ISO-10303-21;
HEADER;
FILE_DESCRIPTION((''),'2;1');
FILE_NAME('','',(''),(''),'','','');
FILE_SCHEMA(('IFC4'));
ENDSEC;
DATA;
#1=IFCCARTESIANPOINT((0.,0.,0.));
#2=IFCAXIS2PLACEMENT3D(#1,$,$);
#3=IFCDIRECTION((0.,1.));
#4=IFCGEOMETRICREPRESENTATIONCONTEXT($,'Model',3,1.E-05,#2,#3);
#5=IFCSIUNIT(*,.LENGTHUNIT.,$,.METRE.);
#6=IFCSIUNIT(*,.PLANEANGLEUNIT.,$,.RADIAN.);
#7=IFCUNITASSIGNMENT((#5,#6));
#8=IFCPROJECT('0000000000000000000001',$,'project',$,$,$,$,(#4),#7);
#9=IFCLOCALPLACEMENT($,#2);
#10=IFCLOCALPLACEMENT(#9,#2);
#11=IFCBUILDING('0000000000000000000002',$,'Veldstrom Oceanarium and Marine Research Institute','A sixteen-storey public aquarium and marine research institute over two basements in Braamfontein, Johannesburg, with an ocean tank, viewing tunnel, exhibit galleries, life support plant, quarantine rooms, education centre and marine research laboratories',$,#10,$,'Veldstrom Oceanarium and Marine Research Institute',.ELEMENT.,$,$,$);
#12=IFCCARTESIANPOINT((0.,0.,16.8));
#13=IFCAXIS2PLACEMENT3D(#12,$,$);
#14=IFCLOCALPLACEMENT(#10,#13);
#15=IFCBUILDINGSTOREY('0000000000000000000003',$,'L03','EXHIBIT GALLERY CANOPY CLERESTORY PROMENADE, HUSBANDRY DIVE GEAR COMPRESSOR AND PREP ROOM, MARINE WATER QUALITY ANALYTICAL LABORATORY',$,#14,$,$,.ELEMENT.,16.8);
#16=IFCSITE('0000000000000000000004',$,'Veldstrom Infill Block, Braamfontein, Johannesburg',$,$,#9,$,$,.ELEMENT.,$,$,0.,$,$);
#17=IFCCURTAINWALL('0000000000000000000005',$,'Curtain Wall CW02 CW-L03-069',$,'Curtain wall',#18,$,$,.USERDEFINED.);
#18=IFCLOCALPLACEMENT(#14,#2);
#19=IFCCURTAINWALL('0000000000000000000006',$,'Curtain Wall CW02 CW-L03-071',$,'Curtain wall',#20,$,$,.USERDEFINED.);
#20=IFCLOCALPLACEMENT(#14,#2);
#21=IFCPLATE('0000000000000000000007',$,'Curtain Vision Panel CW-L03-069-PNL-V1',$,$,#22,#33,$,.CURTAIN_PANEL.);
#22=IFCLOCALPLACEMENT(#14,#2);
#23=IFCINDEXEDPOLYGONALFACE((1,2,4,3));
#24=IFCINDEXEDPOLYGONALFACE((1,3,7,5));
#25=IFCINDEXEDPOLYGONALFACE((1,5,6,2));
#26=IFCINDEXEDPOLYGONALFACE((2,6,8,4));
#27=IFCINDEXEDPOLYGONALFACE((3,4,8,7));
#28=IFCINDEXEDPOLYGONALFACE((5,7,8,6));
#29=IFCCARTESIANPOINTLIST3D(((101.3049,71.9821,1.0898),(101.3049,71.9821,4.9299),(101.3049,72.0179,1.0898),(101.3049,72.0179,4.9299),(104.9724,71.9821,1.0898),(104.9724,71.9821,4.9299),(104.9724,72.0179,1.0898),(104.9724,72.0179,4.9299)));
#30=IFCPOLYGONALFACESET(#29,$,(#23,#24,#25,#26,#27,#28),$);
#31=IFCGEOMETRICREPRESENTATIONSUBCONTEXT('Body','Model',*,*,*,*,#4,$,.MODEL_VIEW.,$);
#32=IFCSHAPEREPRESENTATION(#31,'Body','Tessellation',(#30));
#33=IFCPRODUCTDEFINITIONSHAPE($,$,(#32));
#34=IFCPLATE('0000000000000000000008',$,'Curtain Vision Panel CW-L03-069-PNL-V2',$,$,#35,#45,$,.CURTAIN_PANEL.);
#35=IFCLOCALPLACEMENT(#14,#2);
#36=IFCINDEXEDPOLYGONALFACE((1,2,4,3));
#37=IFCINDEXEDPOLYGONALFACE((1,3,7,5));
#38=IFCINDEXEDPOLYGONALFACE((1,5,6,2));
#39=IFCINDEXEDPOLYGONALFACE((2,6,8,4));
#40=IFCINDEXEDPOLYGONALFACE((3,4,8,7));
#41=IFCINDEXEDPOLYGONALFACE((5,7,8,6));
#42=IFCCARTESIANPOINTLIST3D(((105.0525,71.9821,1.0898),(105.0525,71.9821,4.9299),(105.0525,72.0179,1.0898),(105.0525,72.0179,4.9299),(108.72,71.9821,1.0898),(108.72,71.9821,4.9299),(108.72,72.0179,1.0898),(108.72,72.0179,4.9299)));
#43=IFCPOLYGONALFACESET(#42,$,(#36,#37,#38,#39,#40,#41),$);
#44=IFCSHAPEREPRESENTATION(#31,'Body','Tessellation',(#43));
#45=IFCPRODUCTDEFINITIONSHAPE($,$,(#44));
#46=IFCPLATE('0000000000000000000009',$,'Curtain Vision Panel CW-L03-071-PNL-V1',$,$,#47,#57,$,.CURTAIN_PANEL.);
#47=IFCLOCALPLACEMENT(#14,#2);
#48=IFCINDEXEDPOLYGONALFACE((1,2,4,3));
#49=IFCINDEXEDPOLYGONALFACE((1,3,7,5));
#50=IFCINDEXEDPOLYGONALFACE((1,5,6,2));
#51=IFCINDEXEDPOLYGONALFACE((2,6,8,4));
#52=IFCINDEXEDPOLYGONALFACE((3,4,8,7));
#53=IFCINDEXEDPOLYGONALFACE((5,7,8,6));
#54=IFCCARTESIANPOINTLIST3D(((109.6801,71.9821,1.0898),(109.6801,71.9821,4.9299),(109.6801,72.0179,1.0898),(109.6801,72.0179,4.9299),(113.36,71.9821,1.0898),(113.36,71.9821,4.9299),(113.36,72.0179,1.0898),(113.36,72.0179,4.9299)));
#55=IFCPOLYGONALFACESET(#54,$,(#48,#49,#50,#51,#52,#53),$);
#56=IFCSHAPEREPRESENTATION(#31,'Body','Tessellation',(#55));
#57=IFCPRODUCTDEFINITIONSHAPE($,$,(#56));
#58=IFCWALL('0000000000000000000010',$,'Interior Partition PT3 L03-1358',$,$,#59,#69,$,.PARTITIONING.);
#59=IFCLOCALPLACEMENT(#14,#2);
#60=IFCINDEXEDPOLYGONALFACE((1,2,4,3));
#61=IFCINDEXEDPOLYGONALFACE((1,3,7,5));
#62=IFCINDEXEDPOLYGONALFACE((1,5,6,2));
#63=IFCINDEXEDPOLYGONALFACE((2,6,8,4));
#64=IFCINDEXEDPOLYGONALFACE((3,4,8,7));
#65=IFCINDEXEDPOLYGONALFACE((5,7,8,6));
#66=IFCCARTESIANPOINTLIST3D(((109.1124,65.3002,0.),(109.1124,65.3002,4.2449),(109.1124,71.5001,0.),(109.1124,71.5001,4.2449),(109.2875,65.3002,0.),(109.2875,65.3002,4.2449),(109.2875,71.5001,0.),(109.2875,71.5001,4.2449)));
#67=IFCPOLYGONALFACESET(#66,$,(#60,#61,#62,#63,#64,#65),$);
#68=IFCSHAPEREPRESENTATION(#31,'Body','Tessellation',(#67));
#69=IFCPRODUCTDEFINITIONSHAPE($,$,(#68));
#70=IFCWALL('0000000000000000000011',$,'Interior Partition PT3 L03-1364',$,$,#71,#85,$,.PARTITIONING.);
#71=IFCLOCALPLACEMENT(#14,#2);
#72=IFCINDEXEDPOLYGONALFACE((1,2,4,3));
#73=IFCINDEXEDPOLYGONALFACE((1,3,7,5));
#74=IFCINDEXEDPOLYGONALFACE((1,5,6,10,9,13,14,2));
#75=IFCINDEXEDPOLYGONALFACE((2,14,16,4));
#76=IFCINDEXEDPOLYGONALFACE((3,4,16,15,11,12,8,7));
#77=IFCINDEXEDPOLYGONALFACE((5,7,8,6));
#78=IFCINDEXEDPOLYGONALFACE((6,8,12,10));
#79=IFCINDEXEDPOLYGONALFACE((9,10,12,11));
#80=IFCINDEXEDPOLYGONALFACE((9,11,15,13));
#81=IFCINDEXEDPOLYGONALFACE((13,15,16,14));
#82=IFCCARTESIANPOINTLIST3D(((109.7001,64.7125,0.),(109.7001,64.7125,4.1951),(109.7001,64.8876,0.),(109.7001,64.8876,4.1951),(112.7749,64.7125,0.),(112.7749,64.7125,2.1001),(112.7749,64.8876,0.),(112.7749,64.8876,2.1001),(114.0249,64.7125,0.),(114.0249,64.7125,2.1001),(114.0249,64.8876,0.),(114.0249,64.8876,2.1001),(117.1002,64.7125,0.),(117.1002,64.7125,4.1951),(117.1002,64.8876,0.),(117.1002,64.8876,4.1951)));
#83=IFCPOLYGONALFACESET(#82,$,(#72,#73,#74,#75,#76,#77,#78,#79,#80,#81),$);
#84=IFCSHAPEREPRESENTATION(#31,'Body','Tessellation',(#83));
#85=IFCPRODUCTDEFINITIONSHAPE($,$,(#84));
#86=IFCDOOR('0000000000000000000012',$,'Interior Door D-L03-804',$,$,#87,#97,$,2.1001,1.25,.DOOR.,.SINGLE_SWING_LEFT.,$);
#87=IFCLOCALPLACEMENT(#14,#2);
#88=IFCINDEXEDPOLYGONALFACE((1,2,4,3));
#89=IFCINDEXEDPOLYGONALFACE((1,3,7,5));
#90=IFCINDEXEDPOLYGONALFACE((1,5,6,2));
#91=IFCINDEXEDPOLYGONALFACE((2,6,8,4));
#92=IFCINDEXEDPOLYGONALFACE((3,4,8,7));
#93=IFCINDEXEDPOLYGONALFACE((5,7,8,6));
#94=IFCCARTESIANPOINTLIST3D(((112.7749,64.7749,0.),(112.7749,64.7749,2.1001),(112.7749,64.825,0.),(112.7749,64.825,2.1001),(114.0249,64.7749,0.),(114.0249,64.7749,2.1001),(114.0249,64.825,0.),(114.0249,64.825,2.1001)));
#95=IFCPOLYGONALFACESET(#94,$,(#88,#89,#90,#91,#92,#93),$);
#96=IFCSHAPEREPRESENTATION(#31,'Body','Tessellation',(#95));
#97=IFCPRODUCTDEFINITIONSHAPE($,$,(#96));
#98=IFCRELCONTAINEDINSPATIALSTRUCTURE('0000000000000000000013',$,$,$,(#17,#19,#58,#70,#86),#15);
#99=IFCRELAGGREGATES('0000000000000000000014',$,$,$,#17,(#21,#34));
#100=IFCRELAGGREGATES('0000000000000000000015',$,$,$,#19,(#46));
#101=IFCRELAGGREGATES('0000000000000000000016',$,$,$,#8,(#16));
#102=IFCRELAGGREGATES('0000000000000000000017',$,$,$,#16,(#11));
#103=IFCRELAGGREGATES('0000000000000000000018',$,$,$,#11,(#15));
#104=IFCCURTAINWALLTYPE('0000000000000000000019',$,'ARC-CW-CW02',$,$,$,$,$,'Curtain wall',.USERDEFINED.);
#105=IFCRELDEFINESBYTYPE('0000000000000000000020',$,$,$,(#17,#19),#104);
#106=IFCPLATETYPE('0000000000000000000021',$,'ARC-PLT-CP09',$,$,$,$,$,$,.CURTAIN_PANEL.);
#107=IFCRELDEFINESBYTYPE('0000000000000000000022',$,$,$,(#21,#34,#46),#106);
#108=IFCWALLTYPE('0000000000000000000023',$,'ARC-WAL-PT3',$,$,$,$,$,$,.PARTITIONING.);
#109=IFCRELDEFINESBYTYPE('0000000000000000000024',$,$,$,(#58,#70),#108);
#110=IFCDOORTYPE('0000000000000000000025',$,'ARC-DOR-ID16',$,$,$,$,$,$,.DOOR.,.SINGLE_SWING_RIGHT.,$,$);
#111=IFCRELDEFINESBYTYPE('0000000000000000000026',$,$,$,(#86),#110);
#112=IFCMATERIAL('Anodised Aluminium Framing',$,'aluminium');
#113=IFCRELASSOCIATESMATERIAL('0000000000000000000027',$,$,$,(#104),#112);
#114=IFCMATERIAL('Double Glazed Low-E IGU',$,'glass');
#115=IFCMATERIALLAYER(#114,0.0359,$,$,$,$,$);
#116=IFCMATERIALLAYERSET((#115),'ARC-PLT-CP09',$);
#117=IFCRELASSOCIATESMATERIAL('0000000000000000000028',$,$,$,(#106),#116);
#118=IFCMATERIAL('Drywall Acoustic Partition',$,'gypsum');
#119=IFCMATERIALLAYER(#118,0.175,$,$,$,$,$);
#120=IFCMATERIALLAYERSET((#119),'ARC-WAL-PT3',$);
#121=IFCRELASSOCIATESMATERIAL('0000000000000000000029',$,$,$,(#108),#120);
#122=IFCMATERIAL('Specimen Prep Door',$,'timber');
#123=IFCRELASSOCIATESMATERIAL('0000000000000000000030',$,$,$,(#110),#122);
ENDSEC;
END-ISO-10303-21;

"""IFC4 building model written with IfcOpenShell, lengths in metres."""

from ifc_helpers import new_model, si_unit, direction, frame, frame_2d, origin, origin_2d, place, context, subcontext, project, spatial, rectangle, extrude, material, layer, layer_set, type_object, element, fill, aggregate, save


model = new_model("IFC4")

# Units and contexts
model_context = context("Model", 3, precision=1e-05, world=origin(), true_north=direction((0.0, 1.0)))
body_context = subcontext(model_context, "Body", "Model", "MODEL_VIEW")
ifc_project = project(units=[si_unit("LENGTHUNIT", "METRE"), si_unit("PLANEANGLEUNIT", "RADIAN")], contexts=[model_context])

# Site, building, storey
site_placement = place(None, origin())
site = spatial("IfcSite", under=ifc_project, at=site_placement, Name="Veldstrom Infill Block, Braamfontein, Johannesburg", CompositionType="ELEMENT", RefElevation=0.0)
building_placement = place(site_placement, origin())
building = spatial("IfcBuilding", under=site, at=building_placement, Name="Veldstrom Oceanarium and Marine Research Institute", Description="A sixteen-storey public aquarium and marine research institute over two basements in Braamfontein, Johannesburg, with an ocean tank, viewing tunnel, exhibit galleries, life support plant, quarantine rooms, education centre and marine research laboratories", LongName="Veldstrom Oceanarium and Marine Research Institute", CompositionType="ELEMENT")
storey_placement = place(building_placement, frame((0.0, 0.0, 16.8)))
storey = spatial("IfcBuildingStorey", under=building, at=storey_placement, Name="L03", Description="EXHIBIT GALLERY CANOPY CLERESTORY PROMENADE, HUSBANDRY DIVE GEAR COMPRESSOR AND PREP ROOM, MARINE WATER QUALITY ANALYTICAL LABORATORY", CompositionType="ELEMENT", Elevation=16.8)

# Curtain wall
ifc_material_1 = material(Name="Anodised Aluminium Framing", Category="aluminium")
curtain_wall_type = type_object("IfcCurtainWallType", Name="ARC-CW-CW02", ElementType="Curtain wall", PredefinedType="USERDEFINED", material=ifc_material_1)
curtain_wall_1_placement = place(storey_placement, origin())
curtain_wall_1 = element("IfcCurtainWall", 1, at=curtain_wall_1_placement, inside=storey, type_object=curtain_wall_type, Name="Curtain Wall CW02 CW-L03-069", ObjectType="Curtain wall", PredefinedType="USERDEFINED")

# Curtain wall
curtain_wall_2_placement = place(storey_placement, origin())
curtain_wall_2 = element("IfcCurtainWall", 2, at=curtain_wall_2_placement, inside=storey, type_object=curtain_wall_type, Name="Curtain Wall CW02 CW-L03-071", ObjectType="Curtain wall", PredefinedType="USERDEFINED")

# Plates
ifc_material_2 = material(Name="Double Glazed Low-E IGU", Category="glass")
ifc_layer_1 = layer(ifc_material_2, 0.0359)
ifc_layer_set_1 = layer_set([ifc_layer_1], Name="ARC-PLT-CP09")
plate_type_1 = type_object("IfcPlateType", Name="ARC-PLT-CP09", PredefinedType="CURTAIN_PANEL", material=ifc_layer_set_1)
plate_1_placement = place(storey_placement, frame((103.1387, 72.0, 1.0898), z_axis=(0.0, 0.0, 1.0), x_axis=(1.0, 0.0, 0.0)))
plate_1 = element("IfcPlate", 3, at=plate_1_placement, type_object=plate_type_1, Name="Curtain Vision Panel CW-L03-069-PNL-V1", PredefinedType="CURTAIN_PANEL", context=body_context, shape_type="SweptSolid", body=[
    extrude(rectangle(XDim=3.6675, YDim=0.0359, at=origin_2d()), origin(), (0.0, 0.0, 1.0), 3.8401),
])
plate_2_placement = place(storey_placement, frame((106.8862, 72.0, 1.0898), z_axis=(0.0, 0.0, 1.0), x_axis=(1.0, 0.0, 0.0)))
plate_2 = element("IfcPlate", 4, at=plate_2_placement, type_object=plate_type_1, Name="Curtain Vision Panel CW-L03-069-PNL-V2", PredefinedType="CURTAIN_PANEL", context=body_context, shape_type="SweptSolid", body=[
    extrude(rectangle(XDim=3.6675, YDim=0.0359, at=origin_2d()), origin(), (0.0, 0.0, 1.0), 3.8401),
])
aggregate(curtain_wall_1, [plate_1, plate_2])
plate_3_placement = place(storey_placement, frame((111.52, 72.0, 1.0898), z_axis=(0.0, 0.0, 1.0), x_axis=(1.0, 0.0, 0.0)))
plate_3 = element("IfcPlate", 5, at=plate_3_placement, type_object=plate_type_1, Name="Curtain Vision Panel CW-L03-071-PNL-V1", PredefinedType="CURTAIN_PANEL", context=body_context, shape_type="SweptSolid", body=[
    extrude(rectangle(XDim=3.6799, YDim=0.0359, at=origin_2d()), origin(), (0.0, 0.0, 1.0), 3.8401),
])
aggregate(curtain_wall_2, [plate_3])

# Wall
ifc_material_3 = material(Name="Drywall Acoustic Partition", Category="gypsum")
ifc_layer_2 = layer(ifc_material_3, 0.175)
ifc_layer_set_2 = layer_set([ifc_layer_2], Name="ARC-WAL-PT3")
wall_type = type_object("IfcWallType", Name="ARC-WAL-PT3", PredefinedType="PARTITIONING", material=ifc_layer_set_2)
wall_1_placement = place(storey_placement, frame((109.2, 65.3, 0.0), z_axis=(0.0, 0.0, 1.0), x_axis=(0.0, 1.0, 0.0)))
element("IfcWall", 6, at=wall_1_placement, inside=storey, type_object=wall_type, Name="Interior Partition PT3 L03-1358", PredefinedType="PARTITIONING", context=body_context, shape_type="SweptSolid", body=[
    extrude(rectangle(XDim=6.2, YDim=0.175, at=frame_2d((3.1001, 0.0))), origin(), (0.0, 0.0, 1.0), 4.2449),
])

# Wall, opening, door
wall_2_placement = place(storey_placement, frame((109.7, 64.8, 0.0), z_axis=(0.0, 0.0, 1.0), x_axis=(1.0, 0.0, 0.0)))
wall_2 = element("IfcWall", 7, at=wall_2_placement, inside=storey, type_object=wall_type, Name="Interior Partition PT3 L03-1364", PredefinedType="PARTITIONING", context=body_context, shape_type="SweptSolid", body=[
    extrude(rectangle(XDim=7.4001, YDim=0.175, at=frame_2d((3.7002, 0.0))), origin(), (0.0, 0.0, 1.0), 4.1951),
])
opening_placement = place(wall_2_placement, frame((3.075, 0.0, 0.0)))
opening = element("IfcOpeningElement", 8, at=opening_placement, cuts=wall_2, PredefinedType="OPENING", context=body_context, shape_type="SweptSolid", body=[
    extrude(rectangle(XDim=1.25, YDim=2.1001, at=frame_2d((0.625, 1.05))), frame((0.0, 0.0974, 0.0), z_axis=(0.0, -1.0, 0.0), x_axis=(1.0, 0.0, 0.0)), (0.0, 0.0, 1.0), 0.1951),
])
ifc_material_4 = material(Name="Specimen Prep Door", Category="timber")
door_type = type_object("IfcDoorType", Name="ARC-DOR-ID16", OperationType="SINGLE_SWING_RIGHT", PredefinedType="DOOR", material=ifc_material_4)
door_placement = place(opening_placement, origin())
door = element("IfcDoor", 9, at=door_placement, inside=storey, type_object=door_type, Name="Interior Door D-L03-804", OperationType="SINGLE_SWING_LEFT", OverallHeight=2.1001, OverallWidth=1.25, PredefinedType="DOOR", context=body_context, shape_type="SweptSolid", body=[
    extrude(rectangle(XDim=1.25, YDim=2.1001, at=frame_2d((0.625, 1.05))), frame((0.0, 0.0249, 0.0), z_axis=(0.0, -1.0, 0.0), x_axis=(1.0, 0.0, 0.0)), (0.0, 0.0, 1.0), 0.05),
])
fill(opening, door)

save(model, "model.ifc")
